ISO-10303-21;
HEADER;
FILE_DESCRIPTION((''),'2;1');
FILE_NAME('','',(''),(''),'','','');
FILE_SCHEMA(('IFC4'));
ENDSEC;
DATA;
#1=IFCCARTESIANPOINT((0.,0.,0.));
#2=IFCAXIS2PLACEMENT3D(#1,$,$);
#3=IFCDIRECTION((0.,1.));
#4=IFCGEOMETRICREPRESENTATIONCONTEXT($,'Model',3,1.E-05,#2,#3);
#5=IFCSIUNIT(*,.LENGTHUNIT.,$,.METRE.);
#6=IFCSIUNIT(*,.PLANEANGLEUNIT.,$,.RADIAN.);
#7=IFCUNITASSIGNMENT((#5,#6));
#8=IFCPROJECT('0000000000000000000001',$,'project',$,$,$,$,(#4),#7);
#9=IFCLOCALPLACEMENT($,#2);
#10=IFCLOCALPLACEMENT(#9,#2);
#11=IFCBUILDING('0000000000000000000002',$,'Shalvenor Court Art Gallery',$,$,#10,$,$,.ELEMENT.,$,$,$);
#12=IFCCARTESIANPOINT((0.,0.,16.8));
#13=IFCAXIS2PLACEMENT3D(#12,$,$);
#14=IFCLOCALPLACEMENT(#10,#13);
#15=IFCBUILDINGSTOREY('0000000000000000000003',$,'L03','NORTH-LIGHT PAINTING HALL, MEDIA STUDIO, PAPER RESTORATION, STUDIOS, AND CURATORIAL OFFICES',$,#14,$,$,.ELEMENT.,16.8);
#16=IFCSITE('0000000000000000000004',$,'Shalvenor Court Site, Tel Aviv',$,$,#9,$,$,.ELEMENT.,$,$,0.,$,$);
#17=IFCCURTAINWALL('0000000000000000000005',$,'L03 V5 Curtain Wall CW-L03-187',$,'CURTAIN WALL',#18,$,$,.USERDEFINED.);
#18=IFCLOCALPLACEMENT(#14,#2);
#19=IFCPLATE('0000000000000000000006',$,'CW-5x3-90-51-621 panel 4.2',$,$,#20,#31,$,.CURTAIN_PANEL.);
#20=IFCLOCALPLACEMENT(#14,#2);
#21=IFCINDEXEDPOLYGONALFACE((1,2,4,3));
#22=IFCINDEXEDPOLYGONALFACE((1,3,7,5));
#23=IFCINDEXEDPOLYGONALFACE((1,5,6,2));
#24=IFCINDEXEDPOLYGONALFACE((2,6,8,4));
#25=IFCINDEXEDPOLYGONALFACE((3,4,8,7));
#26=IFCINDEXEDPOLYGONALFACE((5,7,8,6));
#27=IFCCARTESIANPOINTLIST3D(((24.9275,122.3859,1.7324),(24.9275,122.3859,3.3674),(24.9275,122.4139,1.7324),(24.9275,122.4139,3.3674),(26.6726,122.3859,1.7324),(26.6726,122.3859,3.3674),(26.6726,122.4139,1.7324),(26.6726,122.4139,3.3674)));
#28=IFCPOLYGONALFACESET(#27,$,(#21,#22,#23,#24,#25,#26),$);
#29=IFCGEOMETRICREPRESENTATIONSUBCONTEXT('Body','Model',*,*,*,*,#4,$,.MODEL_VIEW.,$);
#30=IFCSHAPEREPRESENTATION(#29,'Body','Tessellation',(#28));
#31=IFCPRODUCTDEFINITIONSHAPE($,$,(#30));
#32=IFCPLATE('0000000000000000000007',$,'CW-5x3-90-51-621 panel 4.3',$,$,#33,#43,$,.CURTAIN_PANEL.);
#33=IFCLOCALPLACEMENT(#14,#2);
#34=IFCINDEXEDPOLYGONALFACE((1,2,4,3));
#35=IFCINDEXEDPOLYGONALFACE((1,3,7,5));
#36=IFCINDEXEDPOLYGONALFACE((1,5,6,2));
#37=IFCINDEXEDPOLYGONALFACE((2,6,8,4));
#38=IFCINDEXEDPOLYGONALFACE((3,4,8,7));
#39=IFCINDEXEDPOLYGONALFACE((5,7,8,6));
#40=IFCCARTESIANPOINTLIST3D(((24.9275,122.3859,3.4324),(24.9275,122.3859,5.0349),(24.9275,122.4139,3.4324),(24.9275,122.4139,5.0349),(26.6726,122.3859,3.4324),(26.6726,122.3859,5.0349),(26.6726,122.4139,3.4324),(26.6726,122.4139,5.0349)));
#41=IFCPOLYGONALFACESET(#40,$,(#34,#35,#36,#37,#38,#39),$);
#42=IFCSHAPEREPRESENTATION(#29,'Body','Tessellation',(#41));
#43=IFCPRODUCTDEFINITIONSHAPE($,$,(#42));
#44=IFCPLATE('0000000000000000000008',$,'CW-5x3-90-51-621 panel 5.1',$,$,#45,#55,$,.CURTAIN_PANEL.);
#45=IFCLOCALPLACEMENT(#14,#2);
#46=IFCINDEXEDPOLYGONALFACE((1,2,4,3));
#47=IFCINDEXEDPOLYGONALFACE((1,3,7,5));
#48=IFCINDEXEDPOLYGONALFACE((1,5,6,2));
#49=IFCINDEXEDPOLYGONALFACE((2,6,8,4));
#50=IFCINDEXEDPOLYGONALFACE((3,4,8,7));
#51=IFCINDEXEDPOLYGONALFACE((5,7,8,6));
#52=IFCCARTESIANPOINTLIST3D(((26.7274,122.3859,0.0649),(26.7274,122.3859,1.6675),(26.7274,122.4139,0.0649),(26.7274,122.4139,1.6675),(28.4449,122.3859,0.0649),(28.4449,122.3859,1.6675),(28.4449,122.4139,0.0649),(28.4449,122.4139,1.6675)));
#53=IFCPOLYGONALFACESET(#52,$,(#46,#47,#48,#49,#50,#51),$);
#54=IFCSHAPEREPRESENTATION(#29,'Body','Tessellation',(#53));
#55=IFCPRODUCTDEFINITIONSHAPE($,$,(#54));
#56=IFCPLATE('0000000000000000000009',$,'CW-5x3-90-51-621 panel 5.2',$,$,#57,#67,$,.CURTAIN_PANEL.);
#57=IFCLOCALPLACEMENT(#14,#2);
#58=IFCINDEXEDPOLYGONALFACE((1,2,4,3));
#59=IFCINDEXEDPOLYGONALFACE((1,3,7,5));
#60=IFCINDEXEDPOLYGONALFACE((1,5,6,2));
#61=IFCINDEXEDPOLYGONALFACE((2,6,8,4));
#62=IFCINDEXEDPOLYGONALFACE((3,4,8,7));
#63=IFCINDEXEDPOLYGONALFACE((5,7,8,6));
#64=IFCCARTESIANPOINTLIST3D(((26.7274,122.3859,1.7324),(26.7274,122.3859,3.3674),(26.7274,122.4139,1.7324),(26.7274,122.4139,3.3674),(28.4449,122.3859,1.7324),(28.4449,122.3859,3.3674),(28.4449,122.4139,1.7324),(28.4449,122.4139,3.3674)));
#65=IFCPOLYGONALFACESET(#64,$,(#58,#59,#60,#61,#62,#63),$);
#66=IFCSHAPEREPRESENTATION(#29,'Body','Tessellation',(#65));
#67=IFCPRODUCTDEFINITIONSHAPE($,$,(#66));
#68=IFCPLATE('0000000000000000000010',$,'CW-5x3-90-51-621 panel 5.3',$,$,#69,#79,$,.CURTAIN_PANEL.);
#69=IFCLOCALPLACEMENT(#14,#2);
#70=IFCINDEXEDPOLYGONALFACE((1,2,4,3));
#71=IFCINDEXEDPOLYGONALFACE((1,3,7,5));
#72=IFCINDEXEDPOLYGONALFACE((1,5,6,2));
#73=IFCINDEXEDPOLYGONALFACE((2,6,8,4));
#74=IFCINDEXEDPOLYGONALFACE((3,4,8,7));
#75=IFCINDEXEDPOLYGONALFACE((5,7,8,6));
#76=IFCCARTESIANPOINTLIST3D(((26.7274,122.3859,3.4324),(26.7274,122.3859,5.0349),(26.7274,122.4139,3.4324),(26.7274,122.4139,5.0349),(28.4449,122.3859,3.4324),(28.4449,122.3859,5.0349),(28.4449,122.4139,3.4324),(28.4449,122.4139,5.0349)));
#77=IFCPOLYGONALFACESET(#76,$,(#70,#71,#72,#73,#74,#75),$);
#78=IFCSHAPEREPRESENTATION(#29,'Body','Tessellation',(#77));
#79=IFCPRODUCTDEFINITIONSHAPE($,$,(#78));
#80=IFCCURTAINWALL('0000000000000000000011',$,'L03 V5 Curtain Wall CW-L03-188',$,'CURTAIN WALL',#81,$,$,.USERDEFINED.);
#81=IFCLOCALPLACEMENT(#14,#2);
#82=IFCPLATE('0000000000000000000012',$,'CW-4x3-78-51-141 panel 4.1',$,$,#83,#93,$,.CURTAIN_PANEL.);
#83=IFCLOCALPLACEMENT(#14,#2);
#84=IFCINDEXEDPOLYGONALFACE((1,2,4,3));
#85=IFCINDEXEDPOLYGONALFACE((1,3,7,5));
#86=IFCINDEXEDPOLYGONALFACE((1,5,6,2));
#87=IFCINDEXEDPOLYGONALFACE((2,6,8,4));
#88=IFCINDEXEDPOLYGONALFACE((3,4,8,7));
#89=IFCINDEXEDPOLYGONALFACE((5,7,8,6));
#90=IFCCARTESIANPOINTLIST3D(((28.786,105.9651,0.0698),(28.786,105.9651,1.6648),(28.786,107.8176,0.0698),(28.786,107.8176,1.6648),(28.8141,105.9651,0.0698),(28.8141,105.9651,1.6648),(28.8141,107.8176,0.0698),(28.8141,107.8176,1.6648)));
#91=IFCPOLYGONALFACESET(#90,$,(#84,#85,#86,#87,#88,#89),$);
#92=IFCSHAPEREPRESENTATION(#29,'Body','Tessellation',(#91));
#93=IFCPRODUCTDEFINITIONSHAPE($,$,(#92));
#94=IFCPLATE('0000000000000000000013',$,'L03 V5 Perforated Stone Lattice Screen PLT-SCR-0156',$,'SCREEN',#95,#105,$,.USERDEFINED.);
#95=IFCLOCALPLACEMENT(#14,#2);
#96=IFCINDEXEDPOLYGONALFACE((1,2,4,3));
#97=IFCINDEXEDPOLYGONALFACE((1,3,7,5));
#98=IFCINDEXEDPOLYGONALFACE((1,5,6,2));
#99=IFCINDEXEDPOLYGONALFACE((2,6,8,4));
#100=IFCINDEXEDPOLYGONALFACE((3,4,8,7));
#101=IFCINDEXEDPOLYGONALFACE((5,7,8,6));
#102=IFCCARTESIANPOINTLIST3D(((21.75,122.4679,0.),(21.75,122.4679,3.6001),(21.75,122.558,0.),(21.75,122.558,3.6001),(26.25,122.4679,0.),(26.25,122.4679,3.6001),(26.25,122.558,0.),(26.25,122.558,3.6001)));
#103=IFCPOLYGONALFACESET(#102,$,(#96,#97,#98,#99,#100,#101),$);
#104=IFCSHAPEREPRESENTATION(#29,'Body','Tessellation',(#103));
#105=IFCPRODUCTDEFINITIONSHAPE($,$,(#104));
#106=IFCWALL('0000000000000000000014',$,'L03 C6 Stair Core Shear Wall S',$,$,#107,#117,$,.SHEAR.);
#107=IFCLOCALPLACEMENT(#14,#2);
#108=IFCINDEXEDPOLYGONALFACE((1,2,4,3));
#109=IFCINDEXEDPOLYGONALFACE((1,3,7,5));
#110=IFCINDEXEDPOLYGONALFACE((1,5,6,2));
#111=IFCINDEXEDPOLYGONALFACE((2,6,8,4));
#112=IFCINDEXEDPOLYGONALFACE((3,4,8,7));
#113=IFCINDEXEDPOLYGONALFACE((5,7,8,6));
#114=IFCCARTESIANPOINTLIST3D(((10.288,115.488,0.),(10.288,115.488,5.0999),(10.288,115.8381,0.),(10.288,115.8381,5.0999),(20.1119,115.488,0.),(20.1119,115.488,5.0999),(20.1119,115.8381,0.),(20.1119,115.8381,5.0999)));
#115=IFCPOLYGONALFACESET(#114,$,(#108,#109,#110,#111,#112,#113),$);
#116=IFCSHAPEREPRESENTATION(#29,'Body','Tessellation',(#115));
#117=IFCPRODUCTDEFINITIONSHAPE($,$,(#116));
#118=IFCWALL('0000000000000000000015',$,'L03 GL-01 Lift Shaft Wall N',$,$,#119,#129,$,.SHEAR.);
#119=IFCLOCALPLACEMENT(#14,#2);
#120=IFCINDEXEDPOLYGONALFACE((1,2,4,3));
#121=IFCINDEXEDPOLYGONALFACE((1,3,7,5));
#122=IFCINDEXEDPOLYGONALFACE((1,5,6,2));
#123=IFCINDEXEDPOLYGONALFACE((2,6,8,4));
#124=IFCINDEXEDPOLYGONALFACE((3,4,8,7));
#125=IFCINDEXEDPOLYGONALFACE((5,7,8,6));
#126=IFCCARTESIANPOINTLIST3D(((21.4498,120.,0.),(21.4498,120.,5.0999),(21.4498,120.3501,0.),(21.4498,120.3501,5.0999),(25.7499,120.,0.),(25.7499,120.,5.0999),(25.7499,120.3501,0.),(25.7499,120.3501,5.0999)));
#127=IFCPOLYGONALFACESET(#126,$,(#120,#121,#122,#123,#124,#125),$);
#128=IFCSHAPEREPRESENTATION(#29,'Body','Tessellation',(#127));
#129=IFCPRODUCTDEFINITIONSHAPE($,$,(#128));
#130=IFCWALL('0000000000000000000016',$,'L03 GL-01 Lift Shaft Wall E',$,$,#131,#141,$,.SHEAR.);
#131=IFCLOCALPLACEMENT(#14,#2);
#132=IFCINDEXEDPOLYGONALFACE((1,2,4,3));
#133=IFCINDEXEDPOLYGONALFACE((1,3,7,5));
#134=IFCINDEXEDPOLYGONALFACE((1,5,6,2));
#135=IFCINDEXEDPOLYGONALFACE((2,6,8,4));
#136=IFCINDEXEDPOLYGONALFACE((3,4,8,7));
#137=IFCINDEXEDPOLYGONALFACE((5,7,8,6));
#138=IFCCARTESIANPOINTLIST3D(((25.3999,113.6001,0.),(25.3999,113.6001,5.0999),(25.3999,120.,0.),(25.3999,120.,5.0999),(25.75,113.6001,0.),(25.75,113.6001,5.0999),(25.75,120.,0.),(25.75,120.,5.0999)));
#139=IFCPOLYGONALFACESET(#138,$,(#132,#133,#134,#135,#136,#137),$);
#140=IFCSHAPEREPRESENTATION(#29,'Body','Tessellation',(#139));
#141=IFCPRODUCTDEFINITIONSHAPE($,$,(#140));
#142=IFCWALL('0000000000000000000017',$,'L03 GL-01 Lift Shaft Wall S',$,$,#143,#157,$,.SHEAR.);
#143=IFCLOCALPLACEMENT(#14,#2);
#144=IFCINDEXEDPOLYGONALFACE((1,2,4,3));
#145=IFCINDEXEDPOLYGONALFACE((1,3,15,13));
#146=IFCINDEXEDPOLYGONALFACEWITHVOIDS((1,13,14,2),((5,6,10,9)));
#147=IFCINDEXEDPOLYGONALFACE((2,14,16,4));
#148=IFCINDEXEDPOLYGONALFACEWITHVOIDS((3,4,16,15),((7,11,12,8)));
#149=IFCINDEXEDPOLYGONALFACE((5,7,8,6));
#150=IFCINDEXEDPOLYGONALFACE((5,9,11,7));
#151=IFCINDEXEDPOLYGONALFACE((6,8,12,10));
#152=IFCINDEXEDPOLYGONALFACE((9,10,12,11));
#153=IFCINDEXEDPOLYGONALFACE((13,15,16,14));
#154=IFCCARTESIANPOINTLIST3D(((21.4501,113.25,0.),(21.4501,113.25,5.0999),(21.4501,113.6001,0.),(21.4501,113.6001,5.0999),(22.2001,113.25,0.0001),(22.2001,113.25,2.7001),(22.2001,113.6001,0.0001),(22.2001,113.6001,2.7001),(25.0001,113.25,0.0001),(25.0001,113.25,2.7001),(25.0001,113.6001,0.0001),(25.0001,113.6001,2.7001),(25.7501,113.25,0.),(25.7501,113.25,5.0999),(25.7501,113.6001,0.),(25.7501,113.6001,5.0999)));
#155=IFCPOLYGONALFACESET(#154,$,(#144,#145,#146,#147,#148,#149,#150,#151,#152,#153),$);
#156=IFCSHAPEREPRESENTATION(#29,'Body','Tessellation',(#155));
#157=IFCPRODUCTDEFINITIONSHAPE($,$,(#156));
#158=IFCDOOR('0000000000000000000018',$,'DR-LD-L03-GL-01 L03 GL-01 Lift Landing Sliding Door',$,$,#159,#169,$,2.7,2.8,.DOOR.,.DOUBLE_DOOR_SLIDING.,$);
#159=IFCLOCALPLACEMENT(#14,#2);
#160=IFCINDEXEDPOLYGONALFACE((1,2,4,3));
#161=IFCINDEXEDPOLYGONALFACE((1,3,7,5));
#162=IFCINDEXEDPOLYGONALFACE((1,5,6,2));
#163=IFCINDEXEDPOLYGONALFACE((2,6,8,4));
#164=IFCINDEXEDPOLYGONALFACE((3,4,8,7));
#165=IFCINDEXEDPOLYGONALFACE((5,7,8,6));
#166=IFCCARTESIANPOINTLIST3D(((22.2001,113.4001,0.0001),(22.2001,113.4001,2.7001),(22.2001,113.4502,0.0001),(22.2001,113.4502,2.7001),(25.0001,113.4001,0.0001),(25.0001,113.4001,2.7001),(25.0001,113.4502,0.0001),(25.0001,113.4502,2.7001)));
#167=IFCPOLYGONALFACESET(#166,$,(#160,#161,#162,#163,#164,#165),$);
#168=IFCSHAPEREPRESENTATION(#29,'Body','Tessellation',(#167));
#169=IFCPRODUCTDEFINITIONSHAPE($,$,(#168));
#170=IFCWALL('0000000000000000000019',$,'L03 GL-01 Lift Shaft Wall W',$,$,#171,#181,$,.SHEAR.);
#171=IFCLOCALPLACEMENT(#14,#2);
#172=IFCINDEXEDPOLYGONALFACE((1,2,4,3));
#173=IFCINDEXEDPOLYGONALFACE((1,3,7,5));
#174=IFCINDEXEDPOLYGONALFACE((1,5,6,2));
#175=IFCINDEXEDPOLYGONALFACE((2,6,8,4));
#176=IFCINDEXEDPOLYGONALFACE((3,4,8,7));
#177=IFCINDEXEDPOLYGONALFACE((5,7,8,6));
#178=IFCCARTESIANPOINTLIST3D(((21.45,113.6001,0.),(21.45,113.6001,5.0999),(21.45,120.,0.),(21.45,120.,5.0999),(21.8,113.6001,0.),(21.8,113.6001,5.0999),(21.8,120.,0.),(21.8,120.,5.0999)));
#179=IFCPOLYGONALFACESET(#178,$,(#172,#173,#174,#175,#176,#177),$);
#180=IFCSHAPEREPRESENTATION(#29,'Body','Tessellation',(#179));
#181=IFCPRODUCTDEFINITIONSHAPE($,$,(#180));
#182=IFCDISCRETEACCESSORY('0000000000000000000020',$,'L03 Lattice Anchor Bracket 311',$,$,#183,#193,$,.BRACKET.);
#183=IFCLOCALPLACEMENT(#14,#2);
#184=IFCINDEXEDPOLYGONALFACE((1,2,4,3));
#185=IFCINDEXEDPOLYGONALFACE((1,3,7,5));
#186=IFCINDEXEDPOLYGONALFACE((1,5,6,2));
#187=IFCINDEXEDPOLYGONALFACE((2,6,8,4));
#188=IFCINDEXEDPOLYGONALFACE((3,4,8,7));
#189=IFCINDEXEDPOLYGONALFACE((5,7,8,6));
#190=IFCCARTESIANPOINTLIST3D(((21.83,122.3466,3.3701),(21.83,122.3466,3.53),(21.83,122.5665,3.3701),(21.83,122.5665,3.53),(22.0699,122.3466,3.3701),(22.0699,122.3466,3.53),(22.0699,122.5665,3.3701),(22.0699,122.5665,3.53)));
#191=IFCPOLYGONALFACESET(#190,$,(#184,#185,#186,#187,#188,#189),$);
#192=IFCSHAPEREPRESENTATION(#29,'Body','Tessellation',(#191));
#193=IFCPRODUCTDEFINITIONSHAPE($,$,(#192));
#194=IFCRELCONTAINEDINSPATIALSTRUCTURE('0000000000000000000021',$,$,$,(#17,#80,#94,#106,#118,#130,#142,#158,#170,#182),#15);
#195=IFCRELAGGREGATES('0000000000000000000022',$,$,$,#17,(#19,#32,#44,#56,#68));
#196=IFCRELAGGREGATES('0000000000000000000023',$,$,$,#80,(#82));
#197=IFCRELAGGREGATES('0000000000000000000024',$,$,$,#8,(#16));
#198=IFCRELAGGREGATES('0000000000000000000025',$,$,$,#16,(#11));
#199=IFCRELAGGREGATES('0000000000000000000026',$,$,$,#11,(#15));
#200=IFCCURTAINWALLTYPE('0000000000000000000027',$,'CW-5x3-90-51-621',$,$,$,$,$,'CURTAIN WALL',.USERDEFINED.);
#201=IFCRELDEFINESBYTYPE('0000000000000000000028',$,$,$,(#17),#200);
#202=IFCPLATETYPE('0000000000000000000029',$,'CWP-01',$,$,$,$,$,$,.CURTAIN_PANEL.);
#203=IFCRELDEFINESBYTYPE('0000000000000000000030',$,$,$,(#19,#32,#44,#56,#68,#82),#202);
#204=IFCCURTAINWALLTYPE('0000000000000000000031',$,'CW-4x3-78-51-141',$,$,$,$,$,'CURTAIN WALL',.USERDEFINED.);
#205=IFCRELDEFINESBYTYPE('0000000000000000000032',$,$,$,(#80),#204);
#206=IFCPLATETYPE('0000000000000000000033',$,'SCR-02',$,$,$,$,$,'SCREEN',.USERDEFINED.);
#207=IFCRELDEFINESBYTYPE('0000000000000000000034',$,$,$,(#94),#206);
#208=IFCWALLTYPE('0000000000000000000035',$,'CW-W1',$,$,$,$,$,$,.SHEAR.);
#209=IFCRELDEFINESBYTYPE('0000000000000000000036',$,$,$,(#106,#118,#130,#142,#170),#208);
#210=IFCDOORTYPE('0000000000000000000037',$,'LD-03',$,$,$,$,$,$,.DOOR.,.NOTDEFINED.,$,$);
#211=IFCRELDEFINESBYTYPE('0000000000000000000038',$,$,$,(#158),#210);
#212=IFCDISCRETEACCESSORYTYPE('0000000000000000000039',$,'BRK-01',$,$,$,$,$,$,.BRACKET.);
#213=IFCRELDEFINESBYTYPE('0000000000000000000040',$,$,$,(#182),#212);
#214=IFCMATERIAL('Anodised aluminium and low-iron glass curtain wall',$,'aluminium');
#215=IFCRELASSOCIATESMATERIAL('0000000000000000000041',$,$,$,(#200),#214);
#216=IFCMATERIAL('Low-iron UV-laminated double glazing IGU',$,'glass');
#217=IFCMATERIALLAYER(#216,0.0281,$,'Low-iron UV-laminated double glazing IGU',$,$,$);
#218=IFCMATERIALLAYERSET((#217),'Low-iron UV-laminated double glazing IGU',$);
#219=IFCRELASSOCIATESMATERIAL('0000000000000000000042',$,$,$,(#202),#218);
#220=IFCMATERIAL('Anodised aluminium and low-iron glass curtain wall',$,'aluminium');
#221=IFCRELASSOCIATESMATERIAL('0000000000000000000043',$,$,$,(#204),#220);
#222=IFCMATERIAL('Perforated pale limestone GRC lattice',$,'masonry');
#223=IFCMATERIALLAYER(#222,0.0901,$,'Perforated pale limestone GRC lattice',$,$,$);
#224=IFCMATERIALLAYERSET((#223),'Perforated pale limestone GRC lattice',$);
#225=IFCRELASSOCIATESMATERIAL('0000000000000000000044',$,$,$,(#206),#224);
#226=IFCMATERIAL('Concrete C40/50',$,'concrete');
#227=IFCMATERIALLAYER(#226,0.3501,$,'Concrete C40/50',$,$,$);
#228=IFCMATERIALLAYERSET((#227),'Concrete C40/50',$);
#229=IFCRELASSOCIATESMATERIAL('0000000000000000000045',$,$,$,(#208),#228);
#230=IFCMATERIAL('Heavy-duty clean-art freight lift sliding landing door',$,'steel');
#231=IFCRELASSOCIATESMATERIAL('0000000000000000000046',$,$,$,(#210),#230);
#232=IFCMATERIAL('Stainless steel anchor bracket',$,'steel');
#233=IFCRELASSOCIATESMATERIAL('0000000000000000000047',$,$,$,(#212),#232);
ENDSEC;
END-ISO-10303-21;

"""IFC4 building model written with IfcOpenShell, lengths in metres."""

from ifc_helpers import new_model, si_unit, direction, frame, frame_2d, origin, origin_2d, place, context, subcontext, project, spatial, rectangle, extrude, material, layer, layer_set, type_object, element, fill, aggregate, save


model = new_model("IFC4")

# Units and contexts
model_context = context("Model", 3, precision=1e-05, world=origin(), true_north=direction((0.0, 1.0)))
body_context = subcontext(model_context, "Body", "Model", "MODEL_VIEW")
ifc_project = project(units=[si_unit("LENGTHUNIT", "METRE"), si_unit("PLANEANGLEUNIT", "RADIAN")], contexts=[model_context])

# Site, building, storey
site_placement = place(None, origin())
site = spatial("IfcSite", under=ifc_project, at=site_placement, Name="Shalvenor Court Site, Tel Aviv", CompositionType="ELEMENT", RefElevation=0.0)
building_placement = place(site_placement, origin())
building = spatial("IfcBuilding", under=site, at=building_placement, Name="Shalvenor Court Art Gallery", CompositionType="ELEMENT")
storey_placement = place(building_placement, frame((0.0, 0.0, 16.8)))
storey = spatial("IfcBuildingStorey", under=building, at=storey_placement, Name="L03", Description="NORTH-LIGHT PAINTING HALL, MEDIA STUDIO, PAPER RESTORATION, STUDIOS, AND CURATORIAL OFFICES", CompositionType="ELEMENT", Elevation=16.8)

# Curtain wall, plates
ifc_material_1 = material(Name="Anodised aluminium and low-iron glass curtain wall", Category="aluminium")
curtain_wall_type_1 = type_object("IfcCurtainWallType", Name="CW-5x3-90-51-621", ElementType="CURTAIN WALL", PredefinedType="USERDEFINED", material=ifc_material_1)
curtain_wall_1_placement = place(storey_placement, origin())
curtain_wall_1 = element("IfcCurtainWall", 1, at=curtain_wall_1_placement, inside=storey, type_object=curtain_wall_type_1, Name="L03 V5 Curtain Wall CW-L03-187", ObjectType="CURTAIN WALL", PredefinedType="USERDEFINED")
ifc_material_2 = material(Name="Low-iron UV-laminated double glazing IGU", Category="glass")
ifc_layer_1 = layer(ifc_material_2, 0.0281, Name="Low-iron UV-laminated double glazing IGU")
ifc_layer_set_1 = layer_set([ifc_layer_1], Name="Low-iron UV-laminated double glazing IGU")
plate_type_1 = type_object("IfcPlateType", Name="CWP-01", PredefinedType="CURTAIN_PANEL", material=ifc_layer_set_1)
plate_1_placement = place(storey_placement, frame((25.8, 122.3999, 1.7324), z_axis=(0.0, 0.0, 1.0), x_axis=(1.0, 0.0, 0.0)))
plate_1 = element("IfcPlate", 2, at=plate_1_placement, type_object=plate_type_1, Name="CW-5x3-90-51-621 panel 4.2", PredefinedType="CURTAIN_PANEL", context=body_context, shape_type="SweptSolid", body=[
    extrude(rectangle(XDim=1.7451, YDim=0.0281, at=origin_2d()), origin(), (0.0, 0.0, 1.0), 1.635),
])
plate_2_placement = place(storey_placement, frame((25.8, 122.3999, 3.4324), z_axis=(0.0, 0.0, 1.0), x_axis=(1.0, 0.0, 0.0)))
plate_2 = element("IfcPlate", 3, at=plate_2_placement, type_object=plate_type_1, Name="CW-5x3-90-51-621 panel 4.3", PredefinedType="CURTAIN_PANEL", context=body_context, shape_type="SweptSolid", body=[
    extrude(rectangle(XDim=1.7451, YDim=0.0281, at=origin_2d()), origin(), (0.0, 0.0, 1.0), 1.6025),
])
plate_3_placement = place(storey_placement, frame((27.5862, 122.3999, 0.0649), z_axis=(0.0, 0.0, 1.0), x_axis=(1.0, 0.0, 0.0)))
plate_3 = element("IfcPlate", 4, at=plate_3_placement, type_object=plate_type_1, Name="CW-5x3-90-51-621 panel 5.1", PredefinedType="CURTAIN_PANEL", context=body_context, shape_type="SweptSolid", body=[
    extrude(rectangle(XDim=1.7175, YDim=0.0281, at=origin_2d()), origin(), (0.0, 0.0, 1.0), 1.6025),
])
plate_4_placement = place(storey_placement, frame((27.5862, 122.3999, 1.7324), z_axis=(0.0, 0.0, 1.0), x_axis=(1.0, 0.0, 0.0)))
plate_4 = element("IfcPlate", 5, at=plate_4_placement, type_object=plate_type_1, Name="CW-5x3-90-51-621 panel 5.2", PredefinedType="CURTAIN_PANEL", context=body_context, shape_type="SweptSolid", body=[
    extrude(rectangle(XDim=1.7175, YDim=0.0281, at=origin_2d()), origin(), (0.0, 0.0, 1.0), 1.635),
])
plate_5_placement = place(storey_placement, frame((27.5862, 122.3999, 3.4324), z_axis=(0.0, 0.0, 1.0), x_axis=(1.0, 0.0, 0.0)))
plate_5 = element("IfcPlate", 6, at=plate_5_placement, type_object=plate_type_1, Name="CW-5x3-90-51-621 panel 5.3", PredefinedType="CURTAIN_PANEL", context=body_context, shape_type="SweptSolid", body=[
    extrude(rectangle(XDim=1.7175, YDim=0.0281, at=origin_2d()), origin(), (0.0, 0.0, 1.0), 1.6025),
])
aggregate(curtain_wall_1, [plate_1, plate_2, plate_3, plate_4, plate_5])

# Curtain wall, plate
ifc_material_3 = material(Name="Anodised aluminium and low-iron glass curtain wall", Category="aluminium")
curtain_wall_type_2 = type_object("IfcCurtainWallType", Name="CW-4x3-78-51-141", ElementType="CURTAIN WALL", PredefinedType="USERDEFINED", material=ifc_material_3)
curtain_wall_2_placement = place(storey_placement, origin())
curtain_wall_2 = element("IfcCurtainWall", 7, at=curtain_wall_2_placement, inside=storey, type_object=curtain_wall_type_2, Name="L03 V5 Curtain Wall CW-L03-188", ObjectType="CURTAIN WALL", PredefinedType="USERDEFINED")
plate_6_placement = place(storey_placement, frame((28.8, 106.8914, 0.0698), z_axis=(0.0, 0.0, 1.0), x_axis=(0.0, -1.0, 0.0)))
plate_6 = element("IfcPlate", 8, at=plate_6_placement, type_object=plate_type_1, Name="CW-4x3-78-51-141 panel 4.1", PredefinedType="CURTAIN_PANEL", context=body_context, shape_type="SweptSolid", body=[
    extrude(rectangle(XDim=1.8525, YDim=0.0281, at=origin_2d()), origin(), (0.0, 0.0, 1.0), 1.595),
])
aggregate(curtain_wall_2, [plate_6])

# Plate
ifc_material_4 = material(Name="Perforated pale limestone GRC lattice", Category="masonry")
ifc_layer_2 = layer(ifc_material_4, 0.0901, Name="Perforated pale limestone GRC lattice")
ifc_layer_set_2 = layer_set([ifc_layer_2], Name="Perforated pale limestone GRC lattice")
plate_type_2 = type_object("IfcPlateType", Name="SCR-02", ElementType="SCREEN", PredefinedType="USERDEFINED", material=ifc_layer_set_2)
plate_7_placement = place(storey_placement, frame((24.0, 122.5129, 0.0), z_axis=(0.0, 0.0, 1.0), x_axis=(1.0, 0.0, 0.0)))
element("IfcPlate", 9, at=plate_7_placement, inside=storey, type_object=plate_type_2, Name="L03 V5 Perforated Stone Lattice Screen PLT-SCR-0156", ObjectType="SCREEN", PredefinedType="USERDEFINED", context=body_context, shape_type="SweptSolid", body=[
    extrude(rectangle(XDim=4.5, YDim=0.0901, at=origin_2d()), origin(), (0.0, 0.0, 1.0), 3.6001),
])

# Walls
ifc_material_5 = material(Name="Concrete C40/50", Category="concrete")
ifc_layer_3 = layer(ifc_material_5, 0.3501, Name="Concrete C40/50")
ifc_layer_set_3 = layer_set([ifc_layer_3], Name="Concrete C40/50")
wall_type = type_object("IfcWallType", Name="CW-W1", PredefinedType="SHEAR", material=ifc_layer_set_3)
wall_1_placement = place(storey_placement, frame((20.1121, 115.6631, 0.0), z_axis=(0.0, 0.0, 1.0), x_axis=(-1.0, 0.0, 0.0)))
element("IfcWall", 10, at=wall_1_placement, inside=storey, type_object=wall_type, Name="L03 C6 Stair Core Shear Wall S", PredefinedType="SHEAR", context=body_context, shape_type="SweptSolid", body=[
    extrude(rectangle(XDim=9.824, YDim=0.3501, at=frame_2d((4.9121, 0.0))), origin(), (0.0, 0.0, 1.0), 5.0999),
])
wall_2_placement = place(storey_placement, frame((21.45, 120.175, 0.0), z_axis=(0.0, 0.0, 1.0), x_axis=(1.0, 0.0, 0.0)))
element("IfcWall", 11, at=wall_2_placement, inside=storey, type_object=wall_type, Name="L03 GL-01 Lift Shaft Wall N", PredefinedType="SHEAR", context=body_context, shape_type="SweptSolid", body=[
    extrude(rectangle(XDim=4.3, YDim=0.3501, at=frame_2d((2.1499, 0.0))), origin(), (0.0, 0.0, 1.0), 5.0999),
])
wall_3_placement = place(storey_placement, frame((25.575, 120.0, 0.0), z_axis=(0.0, 0.0, 1.0), x_axis=(0.0, -1.0, 0.0)))
element("IfcWall", 12, at=wall_3_placement, inside=storey, type_object=wall_type, Name="L03 GL-01 Lift Shaft Wall E", PredefinedType="SHEAR", context=body_context, shape_type="SweptSolid", body=[
    extrude(rectangle(XDim=6.3999, YDim=0.3501, at=frame_2d((3.2, 0.0))), origin(), (0.0, 0.0, 1.0), 5.0999),
])

# Wall, opening, door
wall_4_placement = place(storey_placement, frame((25.75, 113.425, 0.0), z_axis=(0.0, 0.0, 1.0), x_axis=(-1.0, 0.0, 0.0)))
wall_4 = element("IfcWall", 13, at=wall_4_placement, inside=storey, type_object=wall_type, Name="L03 GL-01 Lift Shaft Wall S", PredefinedType="SHEAR", context=body_context, shape_type="SweptSolid", body=[
    extrude(rectangle(XDim=4.3, YDim=0.3501, at=frame_2d((2.1499, 0.0))), origin(), (0.0, 0.0, 1.0), 5.0999),
])
opening_placement = place(wall_4_placement, frame((0.75, 0.0, 0.0)))
opening = element("IfcOpeningElement", 14, at=opening_placement, cuts=wall_4, PredefinedType="OPENING", context=body_context, shape_type="SweptSolid", body=[
    extrude(rectangle(XDim=2.8, YDim=2.7, at=frame_2d((1.3999, 1.3501))), frame((0.0, 0.1851, 0.0), z_axis=(0.0, -1.0, 0.0), x_axis=(1.0, 0.0, 0.0)), (0.0, 0.0, 1.0), 0.3701),
])
ifc_material_6 = material(Name="Heavy-duty clean-art freight lift sliding landing door", Category="steel")
door_type = type_object("IfcDoorType", Name="LD-03", OperationType="NOTDEFINED", PredefinedType="DOOR", material=ifc_material_6)
door_placement = place(opening_placement, origin())
door = element("IfcDoor", 15, at=door_placement, inside=storey, type_object=door_type, Name="DR-LD-L03-GL-01 L03 GL-01 Lift Landing Sliding Door", OperationType="DOUBLE_DOOR_SLIDING", OverallHeight=2.7, OverallWidth=2.8, PredefinedType="DOOR", context=body_context, shape_type="SweptSolid", body=[
    extrude(rectangle(XDim=2.8, YDim=2.7, at=frame_2d((1.3999, 1.3501))), frame((0.0, 0.0249, 0.0), z_axis=(0.0, -1.0, 0.0), x_axis=(1.0, 0.0, 0.0)), (0.0, 0.0, 1.0), 0.05),
])
fill(opening, door)

# Wall
wall_5_placement = place(storey_placement, frame((21.625, 113.6001, 0.0), z_axis=(0.0, 0.0, 1.0), x_axis=(0.0, 1.0, 0.0)))
element("IfcWall", 16, at=wall_5_placement, inside=storey, type_object=wall_type, Name="L03 GL-01 Lift Shaft Wall W", PredefinedType="SHEAR", context=body_context, shape_type="SweptSolid", body=[
    extrude(rectangle(XDim=6.3999, YDim=0.3501, at=frame_2d((3.2, 0.0))), origin(), (0.0, 0.0, 1.0), 5.0999),
])

# Discrete accessory
ifc_material_7 = material(Name="Stainless steel anchor bracket", Category="steel")
discrete_accessory_type = type_object("IfcDiscreteAccessoryType", Name="BRK-01", PredefinedType="BRACKET", material=ifc_material_7)
for number, where, z_axis, x_axis, name in (
    (17, (21.95, 122.4565, 3.3701), (0.0, 0.0, 1.0), (1.0, 0.0, 0.0), "L03 Lattice Anchor Bracket 311"),
):
    element("IfcDiscreteAccessory", number, at=place(storey_placement, frame(where, z_axis=z_axis, x_axis=x_axis)), inside=storey, type_object=discrete_accessory_type, Name=name, PredefinedType="BRACKET", context=body_context, shape_type="SweptSolid", body=[
        extrude(rectangle(XDim=0.24, YDim=0.22, at=origin_2d()), origin(), (0.0, 0.0, 1.0), 0.1599),
    ])

save(model, "model.ifc")
